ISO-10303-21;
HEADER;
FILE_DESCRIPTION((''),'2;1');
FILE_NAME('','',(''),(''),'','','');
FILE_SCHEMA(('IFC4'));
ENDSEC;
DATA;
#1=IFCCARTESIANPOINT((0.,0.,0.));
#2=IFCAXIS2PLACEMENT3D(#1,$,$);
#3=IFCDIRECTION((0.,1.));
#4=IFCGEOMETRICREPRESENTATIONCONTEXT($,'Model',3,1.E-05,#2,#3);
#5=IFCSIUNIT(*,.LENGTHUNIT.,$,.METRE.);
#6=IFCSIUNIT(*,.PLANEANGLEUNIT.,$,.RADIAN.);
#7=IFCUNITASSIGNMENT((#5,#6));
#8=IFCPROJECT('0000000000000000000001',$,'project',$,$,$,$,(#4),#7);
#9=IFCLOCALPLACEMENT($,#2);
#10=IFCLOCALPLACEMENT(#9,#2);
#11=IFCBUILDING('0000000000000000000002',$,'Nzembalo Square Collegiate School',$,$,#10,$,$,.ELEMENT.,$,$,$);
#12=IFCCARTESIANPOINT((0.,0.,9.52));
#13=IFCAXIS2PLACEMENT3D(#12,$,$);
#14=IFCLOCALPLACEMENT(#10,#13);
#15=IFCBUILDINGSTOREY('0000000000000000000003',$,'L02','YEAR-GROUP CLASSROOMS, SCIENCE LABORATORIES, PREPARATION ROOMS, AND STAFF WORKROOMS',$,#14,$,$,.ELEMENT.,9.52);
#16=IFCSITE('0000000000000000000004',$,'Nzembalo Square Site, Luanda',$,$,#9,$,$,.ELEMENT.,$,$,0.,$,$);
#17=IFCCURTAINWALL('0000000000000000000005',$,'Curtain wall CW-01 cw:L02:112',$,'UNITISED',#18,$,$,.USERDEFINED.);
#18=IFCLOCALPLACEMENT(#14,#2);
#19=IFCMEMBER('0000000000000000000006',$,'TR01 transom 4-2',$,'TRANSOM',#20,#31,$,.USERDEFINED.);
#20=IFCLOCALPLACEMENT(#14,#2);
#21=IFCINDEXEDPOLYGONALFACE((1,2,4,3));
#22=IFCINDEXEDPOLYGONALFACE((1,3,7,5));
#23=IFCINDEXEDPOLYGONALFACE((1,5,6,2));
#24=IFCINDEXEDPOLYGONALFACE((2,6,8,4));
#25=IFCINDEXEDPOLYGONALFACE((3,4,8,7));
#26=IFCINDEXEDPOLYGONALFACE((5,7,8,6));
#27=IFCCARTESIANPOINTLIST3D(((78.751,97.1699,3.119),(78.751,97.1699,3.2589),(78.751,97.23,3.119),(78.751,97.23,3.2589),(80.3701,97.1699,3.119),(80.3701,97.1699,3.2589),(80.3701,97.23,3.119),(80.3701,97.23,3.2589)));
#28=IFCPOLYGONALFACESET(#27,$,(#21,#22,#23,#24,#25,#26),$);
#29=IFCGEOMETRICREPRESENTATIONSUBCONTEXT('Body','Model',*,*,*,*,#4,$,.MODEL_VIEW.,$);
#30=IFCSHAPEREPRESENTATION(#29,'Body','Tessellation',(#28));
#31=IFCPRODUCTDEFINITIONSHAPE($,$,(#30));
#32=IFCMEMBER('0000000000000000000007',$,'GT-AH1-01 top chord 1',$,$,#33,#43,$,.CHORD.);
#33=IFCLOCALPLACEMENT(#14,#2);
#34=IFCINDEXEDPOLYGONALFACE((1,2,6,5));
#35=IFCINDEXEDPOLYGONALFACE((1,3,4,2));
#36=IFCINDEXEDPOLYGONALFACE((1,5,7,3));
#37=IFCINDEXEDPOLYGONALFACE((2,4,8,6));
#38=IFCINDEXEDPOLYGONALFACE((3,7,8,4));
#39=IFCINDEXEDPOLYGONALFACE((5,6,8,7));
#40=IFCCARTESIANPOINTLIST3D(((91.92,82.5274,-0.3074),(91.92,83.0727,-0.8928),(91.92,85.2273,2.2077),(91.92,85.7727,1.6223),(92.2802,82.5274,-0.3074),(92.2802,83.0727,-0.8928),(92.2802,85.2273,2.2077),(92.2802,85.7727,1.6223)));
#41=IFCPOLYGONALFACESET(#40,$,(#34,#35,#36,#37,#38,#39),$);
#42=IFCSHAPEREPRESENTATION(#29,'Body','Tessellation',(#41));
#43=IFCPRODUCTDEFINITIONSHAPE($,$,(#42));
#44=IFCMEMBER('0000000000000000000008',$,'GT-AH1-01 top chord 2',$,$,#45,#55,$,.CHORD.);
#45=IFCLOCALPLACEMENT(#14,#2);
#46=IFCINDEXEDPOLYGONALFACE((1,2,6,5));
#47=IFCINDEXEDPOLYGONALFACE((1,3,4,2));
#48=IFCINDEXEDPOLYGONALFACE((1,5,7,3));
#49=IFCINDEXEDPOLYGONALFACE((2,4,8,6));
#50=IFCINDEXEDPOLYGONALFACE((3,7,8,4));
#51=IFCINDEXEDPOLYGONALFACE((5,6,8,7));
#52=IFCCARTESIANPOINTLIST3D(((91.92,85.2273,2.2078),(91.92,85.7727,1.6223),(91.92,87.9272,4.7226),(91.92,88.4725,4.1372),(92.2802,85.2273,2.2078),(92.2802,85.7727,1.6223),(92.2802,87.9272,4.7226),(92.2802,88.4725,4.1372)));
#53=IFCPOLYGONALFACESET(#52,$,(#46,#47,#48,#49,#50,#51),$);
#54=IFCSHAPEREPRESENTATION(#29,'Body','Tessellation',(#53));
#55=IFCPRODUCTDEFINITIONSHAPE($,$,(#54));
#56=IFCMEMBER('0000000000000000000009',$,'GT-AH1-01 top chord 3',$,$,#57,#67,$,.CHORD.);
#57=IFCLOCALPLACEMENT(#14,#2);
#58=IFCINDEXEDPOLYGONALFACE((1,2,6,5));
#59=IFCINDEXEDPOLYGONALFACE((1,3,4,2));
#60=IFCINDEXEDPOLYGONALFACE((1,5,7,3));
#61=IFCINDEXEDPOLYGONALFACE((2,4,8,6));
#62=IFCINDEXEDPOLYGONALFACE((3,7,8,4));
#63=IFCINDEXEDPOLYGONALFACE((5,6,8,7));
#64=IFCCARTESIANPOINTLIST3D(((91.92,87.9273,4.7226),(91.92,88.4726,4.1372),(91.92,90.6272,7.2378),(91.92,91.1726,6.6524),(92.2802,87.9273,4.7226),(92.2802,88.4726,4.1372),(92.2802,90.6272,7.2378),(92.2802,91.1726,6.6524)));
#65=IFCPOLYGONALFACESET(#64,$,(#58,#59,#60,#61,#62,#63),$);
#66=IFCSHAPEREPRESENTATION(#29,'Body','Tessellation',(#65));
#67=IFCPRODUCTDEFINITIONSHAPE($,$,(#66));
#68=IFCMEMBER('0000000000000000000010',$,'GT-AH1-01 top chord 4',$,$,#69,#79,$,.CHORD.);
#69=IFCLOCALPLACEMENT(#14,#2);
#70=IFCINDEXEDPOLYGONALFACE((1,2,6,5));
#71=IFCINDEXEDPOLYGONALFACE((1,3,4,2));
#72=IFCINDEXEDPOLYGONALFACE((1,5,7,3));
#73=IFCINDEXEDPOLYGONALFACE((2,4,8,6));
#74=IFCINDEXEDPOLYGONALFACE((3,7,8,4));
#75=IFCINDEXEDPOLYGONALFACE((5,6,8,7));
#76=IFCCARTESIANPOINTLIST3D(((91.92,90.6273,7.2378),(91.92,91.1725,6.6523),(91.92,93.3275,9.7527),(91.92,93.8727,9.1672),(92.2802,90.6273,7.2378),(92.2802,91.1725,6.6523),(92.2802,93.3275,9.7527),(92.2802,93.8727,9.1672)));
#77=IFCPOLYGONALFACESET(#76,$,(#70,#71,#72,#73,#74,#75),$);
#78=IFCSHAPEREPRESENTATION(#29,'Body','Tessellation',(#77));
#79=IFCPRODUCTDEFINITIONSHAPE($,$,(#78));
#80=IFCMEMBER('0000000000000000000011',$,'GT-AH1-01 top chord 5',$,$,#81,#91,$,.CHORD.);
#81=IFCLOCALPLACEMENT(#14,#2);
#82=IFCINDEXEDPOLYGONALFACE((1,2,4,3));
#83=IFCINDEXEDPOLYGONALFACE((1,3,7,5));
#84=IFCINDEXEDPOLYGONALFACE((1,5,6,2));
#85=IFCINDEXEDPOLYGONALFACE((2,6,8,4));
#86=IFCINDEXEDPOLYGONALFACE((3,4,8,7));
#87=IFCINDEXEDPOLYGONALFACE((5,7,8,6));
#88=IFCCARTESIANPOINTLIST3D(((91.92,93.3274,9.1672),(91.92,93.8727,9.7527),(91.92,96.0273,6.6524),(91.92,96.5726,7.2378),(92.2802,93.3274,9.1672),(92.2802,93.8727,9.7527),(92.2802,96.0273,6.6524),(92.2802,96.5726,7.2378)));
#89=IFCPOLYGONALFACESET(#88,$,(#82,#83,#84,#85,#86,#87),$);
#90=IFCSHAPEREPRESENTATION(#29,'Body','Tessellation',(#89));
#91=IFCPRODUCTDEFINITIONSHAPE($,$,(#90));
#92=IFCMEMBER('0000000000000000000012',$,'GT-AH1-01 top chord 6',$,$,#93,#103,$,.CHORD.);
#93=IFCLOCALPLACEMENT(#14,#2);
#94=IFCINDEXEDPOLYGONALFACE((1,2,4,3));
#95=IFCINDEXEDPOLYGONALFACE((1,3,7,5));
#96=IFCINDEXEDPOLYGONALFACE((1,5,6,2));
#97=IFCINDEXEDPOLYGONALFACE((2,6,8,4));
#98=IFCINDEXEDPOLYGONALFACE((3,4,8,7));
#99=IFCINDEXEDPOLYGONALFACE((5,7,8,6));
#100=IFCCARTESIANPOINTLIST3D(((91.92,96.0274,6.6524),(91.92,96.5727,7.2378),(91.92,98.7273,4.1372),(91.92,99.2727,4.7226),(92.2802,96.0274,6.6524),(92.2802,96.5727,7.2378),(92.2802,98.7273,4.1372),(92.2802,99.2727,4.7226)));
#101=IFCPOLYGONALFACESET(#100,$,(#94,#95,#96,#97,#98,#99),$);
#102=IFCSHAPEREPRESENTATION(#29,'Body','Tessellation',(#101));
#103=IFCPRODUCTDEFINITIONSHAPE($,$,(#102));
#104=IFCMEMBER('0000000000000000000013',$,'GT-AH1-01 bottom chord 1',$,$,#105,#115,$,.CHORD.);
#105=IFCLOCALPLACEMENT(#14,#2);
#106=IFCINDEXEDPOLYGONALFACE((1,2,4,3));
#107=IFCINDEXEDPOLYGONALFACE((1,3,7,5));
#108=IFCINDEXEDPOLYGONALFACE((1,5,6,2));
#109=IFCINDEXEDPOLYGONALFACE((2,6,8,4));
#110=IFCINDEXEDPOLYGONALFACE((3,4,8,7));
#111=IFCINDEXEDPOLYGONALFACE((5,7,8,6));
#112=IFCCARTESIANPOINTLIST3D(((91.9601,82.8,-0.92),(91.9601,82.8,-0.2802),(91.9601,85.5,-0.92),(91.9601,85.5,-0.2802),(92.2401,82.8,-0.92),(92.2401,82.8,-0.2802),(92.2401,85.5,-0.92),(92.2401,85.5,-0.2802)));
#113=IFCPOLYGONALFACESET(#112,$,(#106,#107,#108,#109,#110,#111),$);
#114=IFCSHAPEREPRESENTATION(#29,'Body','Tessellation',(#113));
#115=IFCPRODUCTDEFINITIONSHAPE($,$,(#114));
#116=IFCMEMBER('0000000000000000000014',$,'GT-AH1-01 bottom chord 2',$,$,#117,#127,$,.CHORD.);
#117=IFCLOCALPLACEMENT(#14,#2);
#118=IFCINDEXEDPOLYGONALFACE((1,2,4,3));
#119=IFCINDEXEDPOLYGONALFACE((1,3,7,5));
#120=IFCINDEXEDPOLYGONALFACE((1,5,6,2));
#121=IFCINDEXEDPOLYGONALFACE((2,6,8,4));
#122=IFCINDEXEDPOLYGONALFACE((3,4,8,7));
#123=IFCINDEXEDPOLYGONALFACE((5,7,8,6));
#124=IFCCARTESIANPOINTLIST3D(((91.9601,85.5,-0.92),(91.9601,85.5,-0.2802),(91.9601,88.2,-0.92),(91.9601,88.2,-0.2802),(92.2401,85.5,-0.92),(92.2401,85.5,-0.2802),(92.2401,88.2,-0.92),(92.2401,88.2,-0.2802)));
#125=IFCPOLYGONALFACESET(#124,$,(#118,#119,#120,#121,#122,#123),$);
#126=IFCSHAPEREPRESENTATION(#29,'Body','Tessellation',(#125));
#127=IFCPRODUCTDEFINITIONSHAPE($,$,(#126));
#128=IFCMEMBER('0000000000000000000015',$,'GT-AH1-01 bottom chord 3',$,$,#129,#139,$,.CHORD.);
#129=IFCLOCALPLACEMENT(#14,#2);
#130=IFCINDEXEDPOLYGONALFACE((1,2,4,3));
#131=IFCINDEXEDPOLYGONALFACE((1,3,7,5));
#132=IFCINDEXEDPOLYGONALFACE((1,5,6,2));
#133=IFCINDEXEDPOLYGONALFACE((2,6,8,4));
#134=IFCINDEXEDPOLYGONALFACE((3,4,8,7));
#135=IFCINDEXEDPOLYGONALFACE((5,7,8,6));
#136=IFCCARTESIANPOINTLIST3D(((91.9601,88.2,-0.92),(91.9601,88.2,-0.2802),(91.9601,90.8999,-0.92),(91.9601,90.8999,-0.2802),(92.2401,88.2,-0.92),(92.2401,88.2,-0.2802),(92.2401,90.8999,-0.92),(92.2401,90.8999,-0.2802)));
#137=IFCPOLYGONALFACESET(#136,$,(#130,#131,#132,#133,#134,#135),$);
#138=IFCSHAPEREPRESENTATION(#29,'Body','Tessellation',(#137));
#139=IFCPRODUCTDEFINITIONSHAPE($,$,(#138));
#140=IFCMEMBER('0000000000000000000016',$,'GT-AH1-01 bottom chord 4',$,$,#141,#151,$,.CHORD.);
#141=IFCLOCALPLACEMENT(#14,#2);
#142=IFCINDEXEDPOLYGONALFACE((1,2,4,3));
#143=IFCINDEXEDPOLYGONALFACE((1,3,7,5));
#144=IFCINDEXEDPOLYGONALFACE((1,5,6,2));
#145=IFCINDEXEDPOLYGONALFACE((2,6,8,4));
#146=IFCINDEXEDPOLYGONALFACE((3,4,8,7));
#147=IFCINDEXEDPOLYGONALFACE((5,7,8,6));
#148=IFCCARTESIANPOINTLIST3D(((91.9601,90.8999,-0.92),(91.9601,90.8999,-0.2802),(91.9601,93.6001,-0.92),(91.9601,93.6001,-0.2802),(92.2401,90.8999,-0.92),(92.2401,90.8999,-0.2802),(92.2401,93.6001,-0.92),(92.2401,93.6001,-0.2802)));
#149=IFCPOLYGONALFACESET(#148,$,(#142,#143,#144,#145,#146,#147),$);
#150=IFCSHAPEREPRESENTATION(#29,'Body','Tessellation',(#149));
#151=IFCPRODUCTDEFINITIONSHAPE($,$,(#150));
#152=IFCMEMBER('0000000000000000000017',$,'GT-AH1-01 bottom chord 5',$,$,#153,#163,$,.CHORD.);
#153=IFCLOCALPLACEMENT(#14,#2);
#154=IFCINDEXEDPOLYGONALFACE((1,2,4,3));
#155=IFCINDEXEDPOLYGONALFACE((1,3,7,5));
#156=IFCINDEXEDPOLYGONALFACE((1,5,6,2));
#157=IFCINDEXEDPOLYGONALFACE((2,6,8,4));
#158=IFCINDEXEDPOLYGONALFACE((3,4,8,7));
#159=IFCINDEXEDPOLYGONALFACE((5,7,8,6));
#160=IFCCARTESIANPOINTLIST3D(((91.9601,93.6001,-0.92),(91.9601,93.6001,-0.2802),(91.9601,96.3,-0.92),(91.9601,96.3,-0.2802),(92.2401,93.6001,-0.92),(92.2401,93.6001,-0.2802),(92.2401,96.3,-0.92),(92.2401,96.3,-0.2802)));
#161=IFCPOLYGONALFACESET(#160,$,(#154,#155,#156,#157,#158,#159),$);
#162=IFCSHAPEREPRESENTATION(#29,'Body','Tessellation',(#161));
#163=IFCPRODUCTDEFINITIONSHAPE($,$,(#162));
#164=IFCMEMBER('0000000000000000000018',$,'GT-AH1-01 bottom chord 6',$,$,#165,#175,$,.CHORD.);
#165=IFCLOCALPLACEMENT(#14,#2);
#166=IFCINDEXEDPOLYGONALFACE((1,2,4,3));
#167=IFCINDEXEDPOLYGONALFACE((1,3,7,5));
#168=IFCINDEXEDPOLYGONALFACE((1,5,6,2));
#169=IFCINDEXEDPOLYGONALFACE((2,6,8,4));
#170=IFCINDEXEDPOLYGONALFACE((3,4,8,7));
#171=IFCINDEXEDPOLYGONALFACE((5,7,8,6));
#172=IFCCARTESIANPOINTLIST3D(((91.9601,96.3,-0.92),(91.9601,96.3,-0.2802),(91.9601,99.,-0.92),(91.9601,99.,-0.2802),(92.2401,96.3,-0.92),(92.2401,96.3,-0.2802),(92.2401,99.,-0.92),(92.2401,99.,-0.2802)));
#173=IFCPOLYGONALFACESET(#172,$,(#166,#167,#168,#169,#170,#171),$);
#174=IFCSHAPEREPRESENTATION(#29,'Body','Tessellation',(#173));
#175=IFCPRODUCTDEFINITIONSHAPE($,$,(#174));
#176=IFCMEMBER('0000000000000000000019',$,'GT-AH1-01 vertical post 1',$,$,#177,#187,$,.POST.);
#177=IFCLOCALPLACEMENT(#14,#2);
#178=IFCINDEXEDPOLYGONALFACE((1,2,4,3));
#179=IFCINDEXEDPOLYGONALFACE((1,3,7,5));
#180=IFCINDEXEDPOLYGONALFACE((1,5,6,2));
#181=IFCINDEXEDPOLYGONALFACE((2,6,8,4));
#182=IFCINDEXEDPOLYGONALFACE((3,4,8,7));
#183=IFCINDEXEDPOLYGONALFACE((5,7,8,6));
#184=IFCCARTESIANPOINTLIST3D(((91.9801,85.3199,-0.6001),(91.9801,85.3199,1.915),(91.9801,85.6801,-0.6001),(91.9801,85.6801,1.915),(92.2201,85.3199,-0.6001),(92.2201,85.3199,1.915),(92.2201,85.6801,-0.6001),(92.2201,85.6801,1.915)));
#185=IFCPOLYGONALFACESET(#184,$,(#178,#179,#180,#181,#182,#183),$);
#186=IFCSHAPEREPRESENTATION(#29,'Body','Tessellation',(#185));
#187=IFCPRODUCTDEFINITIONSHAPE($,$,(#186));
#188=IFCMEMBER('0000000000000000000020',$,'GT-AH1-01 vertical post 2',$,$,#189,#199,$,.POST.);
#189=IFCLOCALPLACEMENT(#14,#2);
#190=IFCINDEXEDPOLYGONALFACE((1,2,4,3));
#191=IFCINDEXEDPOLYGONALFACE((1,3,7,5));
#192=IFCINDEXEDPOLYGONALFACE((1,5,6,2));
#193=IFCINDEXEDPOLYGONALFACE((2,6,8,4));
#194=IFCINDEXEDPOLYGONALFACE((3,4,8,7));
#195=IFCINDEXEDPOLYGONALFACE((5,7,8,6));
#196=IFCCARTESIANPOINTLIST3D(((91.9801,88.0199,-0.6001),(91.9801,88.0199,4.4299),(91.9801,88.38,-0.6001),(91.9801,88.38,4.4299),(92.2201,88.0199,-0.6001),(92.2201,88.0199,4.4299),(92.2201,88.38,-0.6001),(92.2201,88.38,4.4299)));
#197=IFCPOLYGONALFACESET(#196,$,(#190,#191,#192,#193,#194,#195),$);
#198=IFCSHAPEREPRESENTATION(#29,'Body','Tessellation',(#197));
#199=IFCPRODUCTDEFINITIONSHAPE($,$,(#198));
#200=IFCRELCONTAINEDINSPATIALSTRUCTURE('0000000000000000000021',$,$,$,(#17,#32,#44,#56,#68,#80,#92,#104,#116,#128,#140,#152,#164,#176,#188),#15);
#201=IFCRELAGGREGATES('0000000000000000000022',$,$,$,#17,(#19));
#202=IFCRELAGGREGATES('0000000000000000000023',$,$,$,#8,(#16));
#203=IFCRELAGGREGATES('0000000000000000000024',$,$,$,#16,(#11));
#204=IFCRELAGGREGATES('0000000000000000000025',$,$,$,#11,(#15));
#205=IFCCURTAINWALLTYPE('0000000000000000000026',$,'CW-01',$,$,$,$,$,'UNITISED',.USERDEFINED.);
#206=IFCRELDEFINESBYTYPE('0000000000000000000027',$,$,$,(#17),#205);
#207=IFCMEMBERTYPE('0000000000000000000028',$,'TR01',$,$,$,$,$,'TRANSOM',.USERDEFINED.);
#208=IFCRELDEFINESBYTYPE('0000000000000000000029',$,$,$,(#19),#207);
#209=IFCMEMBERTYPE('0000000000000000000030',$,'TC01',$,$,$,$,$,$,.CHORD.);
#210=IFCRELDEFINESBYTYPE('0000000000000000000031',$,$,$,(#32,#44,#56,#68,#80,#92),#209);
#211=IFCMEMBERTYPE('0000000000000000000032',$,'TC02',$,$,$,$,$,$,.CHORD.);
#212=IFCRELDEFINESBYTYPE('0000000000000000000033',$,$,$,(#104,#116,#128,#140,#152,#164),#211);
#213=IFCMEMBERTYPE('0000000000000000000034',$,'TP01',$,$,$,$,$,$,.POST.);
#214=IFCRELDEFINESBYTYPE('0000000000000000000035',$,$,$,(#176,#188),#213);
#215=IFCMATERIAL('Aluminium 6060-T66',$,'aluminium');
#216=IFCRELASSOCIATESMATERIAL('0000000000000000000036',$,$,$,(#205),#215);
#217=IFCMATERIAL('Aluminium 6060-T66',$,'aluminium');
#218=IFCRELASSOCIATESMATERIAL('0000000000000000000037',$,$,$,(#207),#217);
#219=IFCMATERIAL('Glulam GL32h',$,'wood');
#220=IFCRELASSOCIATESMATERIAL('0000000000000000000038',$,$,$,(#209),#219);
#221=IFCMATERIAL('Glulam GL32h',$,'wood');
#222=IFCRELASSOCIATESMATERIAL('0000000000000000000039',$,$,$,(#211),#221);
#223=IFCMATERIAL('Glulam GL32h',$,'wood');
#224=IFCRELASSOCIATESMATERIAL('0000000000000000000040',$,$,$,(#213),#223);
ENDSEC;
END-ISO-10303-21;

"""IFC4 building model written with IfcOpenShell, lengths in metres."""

from ifc_helpers import new_model, si_unit, direction, frame, origin, origin_2d, place, context, subcontext, project, spatial, rectangle, extrude, material, material_profile, profile_set, type_object, element, aggregate, save


model = new_model("IFC4")

# Units and contexts
model_context = context("Model", 3, precision=1e-05, world=origin(), true_north=direction((0.0, 1.0)))
body_context = subcontext(model_context, "Body", "Model", "MODEL_VIEW")
ifc_project = project(units=[si_unit("LENGTHUNIT", "METRE"), si_unit("PLANEANGLEUNIT", "RADIAN")], contexts=[model_context])

# Site, building, storey
site_placement = place(None, origin())
site = spatial("IfcSite", under=ifc_project, at=site_placement, Name="Nzembalo Square Site, Luanda", CompositionType="ELEMENT", RefElevation=0.0)
building_placement = place(site_placement, origin())
building = spatial("IfcBuilding", under=site, at=building_placement, Name="Nzembalo Square Collegiate School", CompositionType="ELEMENT")
storey_placement = place(building_placement, frame((0.0, 0.0, 9.52)))
storey = spatial("IfcBuildingStorey", under=building, at=storey_placement, Name="L02", Description="YEAR-GROUP CLASSROOMS, SCIENCE LABORATORIES, PREPARATION ROOMS, AND STAFF WORKROOMS", CompositionType="ELEMENT", Elevation=9.52)

# Curtain wall, member
ifc_material_1 = material(Name="Aluminium 6060-T66", Category="aluminium")
curtain_wall_type = type_object("IfcCurtainWallType", Name="CW-01", ElementType="UNITISED", PredefinedType="USERDEFINED", material=ifc_material_1)
curtain_wall_placement = place(storey_placement, origin())
curtain_wall = element("IfcCurtainWall", 1, at=curtain_wall_placement, inside=storey, type_object=curtain_wall_type, Name="Curtain wall CW-01 cw:L02:112", ObjectType="UNITISED", PredefinedType="USERDEFINED")
ifc_material_2 = material(Name="Aluminium 6060-T66", Category="aluminium")
ifc_material_profile_1 = material_profile(ifc_material_2, rectangle(XDim=0.0601, YDim=0.1399, at=origin_2d()), Name="ALU T60x140")
ifc_profile_set_1 = profile_set([ifc_material_profile_1], Name="Aluminium 6060-T66")
member_type_1 = type_object("IfcMemberType", Name="TR01", ElementType="TRANSOM", PredefinedType="USERDEFINED", material=ifc_profile_set_1)
member_1_placement = place(storey_placement, frame((78.751, 97.2, 3.189), z_axis=(1.0, 0.0, 0.0), x_axis=(0.0, 1.0, 0.0)))
member_1 = element("IfcMember", 2, at=member_1_placement, type_object=member_type_1, Name="TR01 transom 4-2", ObjectType="TRANSOM", PredefinedType="USERDEFINED", context=body_context, shape_type="SweptSolid", body=[
    extrude(rectangle(XDim=0.0601, YDim=0.1399, at=origin_2d()), origin(), (0.0, 0.0, 1.0), 1.6191),
])

# Members
ifc_material_3 = material(Name="Glulam GL32h", Category="wood")
ifc_material_profile_2 = material_profile(ifc_material_3, rectangle(XDim=0.3601, YDim=0.8, at=origin_2d()), Name="GL32h 360x800")
ifc_profile_set_2 = profile_set([ifc_material_profile_2], Name="Glulam GL32h")
member_type_2 = type_object("IfcMemberType", Name="TC01", PredefinedType="CHORD", material=ifc_profile_set_2)
member_2_placement = place(storey_placement, frame((92.1001, 82.8, -0.6001), z_axis=(0.0, 0.731706, 0.68162), x_axis=(-1.0, 0.0, 0.0)))
element("IfcMember", 3, at=member_2_placement, inside=storey, type_object=member_type_2, Name="GT-AH1-01 top chord 1", PredefinedType="CHORD", context=body_context, shape_type="SweptSolid", body=[
    extrude(rectangle(XDim=0.3601, YDim=0.8, at=origin_2d()), origin(), (0.0, 0.0, 1.0), 3.6899),
])
member_3_placement = place(storey_placement, frame((92.1001, 85.5, 1.915), z_axis=(0.0, 0.731739, 0.681585), x_axis=(-1.0, 0.0, 0.0)))
element("IfcMember", 4, at=member_3_placement, inside=storey, type_object=member_type_2, Name="GT-AH1-01 top chord 2", PredefinedType="CHORD", context=body_context, shape_type="SweptSolid", body=[
    extrude(rectangle(XDim=0.3601, YDim=0.8, at=origin_2d()), origin(), (0.0, 0.0, 1.0), 3.6897),
])
for number, where, z_axis, x_axis, name in (
    (5, (92.1001, 88.2, 4.4299), (0.0, 0.731706, 0.68162), (-1.0, 0.0, 0.0), "GT-AH1-01 top chord 3"),
    (6, (92.1001, 90.8999, 6.9451), (0.0, 0.73177, 0.681552), (-1.0, 0.0, 0.0), "GT-AH1-01 top chord 4"),
):
    element("IfcMember", number, at=place(storey_placement, frame(where, z_axis=z_axis, x_axis=x_axis)), inside=storey, type_object=member_type_2, Name=name, PredefinedType="CHORD", context=body_context, shape_type="SweptSolid", body=[
        extrude(rectangle(XDim=0.3601, YDim=0.8, at=origin_2d()), origin(), (0.0, 0.0, 1.0), 3.6899),
    ])
member_4_placement = place(storey_placement, frame((92.1001, 93.6001, 9.46), z_axis=(0.0, 0.731739, -0.681585), x_axis=(-1.0, 0.0, 0.0)))
element("IfcMember", 7, at=member_4_placement, inside=storey, type_object=member_type_2, Name="GT-AH1-01 top chord 5", PredefinedType="CHORD", context=body_context, shape_type="SweptSolid", body=[
    extrude(rectangle(XDim=0.3601, YDim=0.8, at=origin_2d()), origin(), (0.0, 0.0, 1.0), 3.6897),
])
member_5_placement = place(storey_placement, frame((92.1001, 96.3, 6.9451), z_axis=(0.0, 0.731706, -0.68162), x_axis=(-1.0, 0.0, 0.0)))
element("IfcMember", 8, at=member_5_placement, inside=storey, type_object=member_type_2, Name="GT-AH1-01 top chord 6", PredefinedType="CHORD", context=body_context, shape_type="SweptSolid", body=[
    extrude(rectangle(XDim=0.3601, YDim=0.8, at=origin_2d()), origin(), (0.0, 0.0, 1.0), 3.6899),
])
ifc_material_4 = material(Name="Glulam GL32h", Category="wood")
ifc_material_profile_3 = material_profile(ifc_material_4, rectangle(XDim=0.28, YDim=0.6399, at=origin_2d()), Name="GL32h 280x640")
ifc_profile_set_3 = profile_set([ifc_material_profile_3], Name="Glulam GL32h")
member_type_3 = type_object("IfcMemberType", Name="TC02", PredefinedType="CHORD", material=ifc_profile_set_3)
for number, where, z_axis, x_axis, name in (
    (9, (92.1001, 82.8, -0.6001), (0.0, 1.0, 0.0), (-1.0, 0.0, 0.0), "GT-AH1-01 bottom chord 1"),
    (10, (92.1001, 85.5, -0.6001), (0.0, 1.0, 0.0), (-1.0, 0.0, 0.0), "GT-AH1-01 bottom chord 2"),
    (11, (92.1001, 88.2, -0.6001), (0.0, 1.0, 0.0), (-1.0, 0.0, 0.0), "GT-AH1-01 bottom chord 3"),
):
    element("IfcMember", number, at=place(storey_placement, frame(where, z_axis=z_axis, x_axis=x_axis)), inside=storey, type_object=member_type_3, Name=name, PredefinedType="CHORD", context=body_context, shape_type="SweptSolid", body=[
        extrude(rectangle(XDim=0.28, YDim=0.6399, at=origin_2d()), origin(), (0.0, 0.0, 1.0), 2.7),
    ])
member_6_placement = place(storey_placement, frame((92.1001, 90.8999, -0.6001), z_axis=(0.0, 1.0, 0.0), x_axis=(-1.0, 0.0, 0.0)))
element("IfcMember", 12, at=member_6_placement, inside=storey, type_object=member_type_3, Name="GT-AH1-01 bottom chord 4", PredefinedType="CHORD", context=body_context, shape_type="SweptSolid", body=[
    extrude(rectangle(XDim=0.28, YDim=0.6399, at=origin_2d()), origin(), (0.0, 0.0, 1.0), 2.7002),
])
for number, where, z_axis, x_axis, name in (
    (13, (92.1001, 93.6001, -0.6001), (0.0, 1.0, 0.0), (-1.0, 0.0, 0.0), "GT-AH1-01 bottom chord 5"),
    (14, (92.1001, 96.3, -0.6001), (0.0, 1.0, 0.0), (-1.0, 0.0, 0.0), "GT-AH1-01 bottom chord 6"),
):
    element("IfcMember", number, at=place(storey_placement, frame(where, z_axis=z_axis, x_axis=x_axis)), inside=storey, type_object=member_type_3, Name=name, PredefinedType="CHORD", context=body_context, shape_type="SweptSolid", body=[
        extrude(rectangle(XDim=0.28, YDim=0.6399, at=origin_2d()), origin(), (0.0, 0.0, 1.0), 2.7),
    ])
ifc_material_5 = material(Name="Glulam GL32h", Category="wood")
ifc_material_profile_4 = material_profile(ifc_material_5, rectangle(XDim=0.24, YDim=0.3601, at=origin_2d()), Name="GL32h 240x360")
ifc_profile_set_4 = profile_set([ifc_material_profile_4], Name="Glulam GL32h")
member_type_4 = type_object("IfcMemberType", Name="TP01", PredefinedType="POST", material=ifc_profile_set_4)
member_7_placement = place(storey_placement, frame((92.1001, 85.5, -0.6001), z_axis=(0.0, 0.0, 1.0), x_axis=(1.0, 0.0, 0.0)))
element("IfcMember", 15, at=member_7_placement, inside=storey, type_object=member_type_4, Name="GT-AH1-01 vertical post 1", PredefinedType="POST", context=body_context, shape_type="SweptSolid", body=[
    extrude(rectangle(XDim=0.24, YDim=0.3601, at=origin_2d()), origin(), (0.0, 0.0, 1.0), 2.5151),
])
member_8_placement = place(storey_placement, frame((92.1001, 88.2, -0.6001), z_axis=(0.0, 0.0, 1.0), x_axis=(1.0, 0.0, 0.0)))
element("IfcMember", 16, at=member_8_placement, inside=storey, type_object=member_type_4, Name="GT-AH1-01 vertical post 2", PredefinedType="POST", context=body_context, shape_type="SweptSolid", body=[
    extrude(rectangle(XDim=0.24, YDim=0.3601, at=origin_2d()), origin(), (0.0, 0.0, 1.0), 5.03),
])

aggregate(curtain_wall, [member_1])

save(model, "model.ifc")
